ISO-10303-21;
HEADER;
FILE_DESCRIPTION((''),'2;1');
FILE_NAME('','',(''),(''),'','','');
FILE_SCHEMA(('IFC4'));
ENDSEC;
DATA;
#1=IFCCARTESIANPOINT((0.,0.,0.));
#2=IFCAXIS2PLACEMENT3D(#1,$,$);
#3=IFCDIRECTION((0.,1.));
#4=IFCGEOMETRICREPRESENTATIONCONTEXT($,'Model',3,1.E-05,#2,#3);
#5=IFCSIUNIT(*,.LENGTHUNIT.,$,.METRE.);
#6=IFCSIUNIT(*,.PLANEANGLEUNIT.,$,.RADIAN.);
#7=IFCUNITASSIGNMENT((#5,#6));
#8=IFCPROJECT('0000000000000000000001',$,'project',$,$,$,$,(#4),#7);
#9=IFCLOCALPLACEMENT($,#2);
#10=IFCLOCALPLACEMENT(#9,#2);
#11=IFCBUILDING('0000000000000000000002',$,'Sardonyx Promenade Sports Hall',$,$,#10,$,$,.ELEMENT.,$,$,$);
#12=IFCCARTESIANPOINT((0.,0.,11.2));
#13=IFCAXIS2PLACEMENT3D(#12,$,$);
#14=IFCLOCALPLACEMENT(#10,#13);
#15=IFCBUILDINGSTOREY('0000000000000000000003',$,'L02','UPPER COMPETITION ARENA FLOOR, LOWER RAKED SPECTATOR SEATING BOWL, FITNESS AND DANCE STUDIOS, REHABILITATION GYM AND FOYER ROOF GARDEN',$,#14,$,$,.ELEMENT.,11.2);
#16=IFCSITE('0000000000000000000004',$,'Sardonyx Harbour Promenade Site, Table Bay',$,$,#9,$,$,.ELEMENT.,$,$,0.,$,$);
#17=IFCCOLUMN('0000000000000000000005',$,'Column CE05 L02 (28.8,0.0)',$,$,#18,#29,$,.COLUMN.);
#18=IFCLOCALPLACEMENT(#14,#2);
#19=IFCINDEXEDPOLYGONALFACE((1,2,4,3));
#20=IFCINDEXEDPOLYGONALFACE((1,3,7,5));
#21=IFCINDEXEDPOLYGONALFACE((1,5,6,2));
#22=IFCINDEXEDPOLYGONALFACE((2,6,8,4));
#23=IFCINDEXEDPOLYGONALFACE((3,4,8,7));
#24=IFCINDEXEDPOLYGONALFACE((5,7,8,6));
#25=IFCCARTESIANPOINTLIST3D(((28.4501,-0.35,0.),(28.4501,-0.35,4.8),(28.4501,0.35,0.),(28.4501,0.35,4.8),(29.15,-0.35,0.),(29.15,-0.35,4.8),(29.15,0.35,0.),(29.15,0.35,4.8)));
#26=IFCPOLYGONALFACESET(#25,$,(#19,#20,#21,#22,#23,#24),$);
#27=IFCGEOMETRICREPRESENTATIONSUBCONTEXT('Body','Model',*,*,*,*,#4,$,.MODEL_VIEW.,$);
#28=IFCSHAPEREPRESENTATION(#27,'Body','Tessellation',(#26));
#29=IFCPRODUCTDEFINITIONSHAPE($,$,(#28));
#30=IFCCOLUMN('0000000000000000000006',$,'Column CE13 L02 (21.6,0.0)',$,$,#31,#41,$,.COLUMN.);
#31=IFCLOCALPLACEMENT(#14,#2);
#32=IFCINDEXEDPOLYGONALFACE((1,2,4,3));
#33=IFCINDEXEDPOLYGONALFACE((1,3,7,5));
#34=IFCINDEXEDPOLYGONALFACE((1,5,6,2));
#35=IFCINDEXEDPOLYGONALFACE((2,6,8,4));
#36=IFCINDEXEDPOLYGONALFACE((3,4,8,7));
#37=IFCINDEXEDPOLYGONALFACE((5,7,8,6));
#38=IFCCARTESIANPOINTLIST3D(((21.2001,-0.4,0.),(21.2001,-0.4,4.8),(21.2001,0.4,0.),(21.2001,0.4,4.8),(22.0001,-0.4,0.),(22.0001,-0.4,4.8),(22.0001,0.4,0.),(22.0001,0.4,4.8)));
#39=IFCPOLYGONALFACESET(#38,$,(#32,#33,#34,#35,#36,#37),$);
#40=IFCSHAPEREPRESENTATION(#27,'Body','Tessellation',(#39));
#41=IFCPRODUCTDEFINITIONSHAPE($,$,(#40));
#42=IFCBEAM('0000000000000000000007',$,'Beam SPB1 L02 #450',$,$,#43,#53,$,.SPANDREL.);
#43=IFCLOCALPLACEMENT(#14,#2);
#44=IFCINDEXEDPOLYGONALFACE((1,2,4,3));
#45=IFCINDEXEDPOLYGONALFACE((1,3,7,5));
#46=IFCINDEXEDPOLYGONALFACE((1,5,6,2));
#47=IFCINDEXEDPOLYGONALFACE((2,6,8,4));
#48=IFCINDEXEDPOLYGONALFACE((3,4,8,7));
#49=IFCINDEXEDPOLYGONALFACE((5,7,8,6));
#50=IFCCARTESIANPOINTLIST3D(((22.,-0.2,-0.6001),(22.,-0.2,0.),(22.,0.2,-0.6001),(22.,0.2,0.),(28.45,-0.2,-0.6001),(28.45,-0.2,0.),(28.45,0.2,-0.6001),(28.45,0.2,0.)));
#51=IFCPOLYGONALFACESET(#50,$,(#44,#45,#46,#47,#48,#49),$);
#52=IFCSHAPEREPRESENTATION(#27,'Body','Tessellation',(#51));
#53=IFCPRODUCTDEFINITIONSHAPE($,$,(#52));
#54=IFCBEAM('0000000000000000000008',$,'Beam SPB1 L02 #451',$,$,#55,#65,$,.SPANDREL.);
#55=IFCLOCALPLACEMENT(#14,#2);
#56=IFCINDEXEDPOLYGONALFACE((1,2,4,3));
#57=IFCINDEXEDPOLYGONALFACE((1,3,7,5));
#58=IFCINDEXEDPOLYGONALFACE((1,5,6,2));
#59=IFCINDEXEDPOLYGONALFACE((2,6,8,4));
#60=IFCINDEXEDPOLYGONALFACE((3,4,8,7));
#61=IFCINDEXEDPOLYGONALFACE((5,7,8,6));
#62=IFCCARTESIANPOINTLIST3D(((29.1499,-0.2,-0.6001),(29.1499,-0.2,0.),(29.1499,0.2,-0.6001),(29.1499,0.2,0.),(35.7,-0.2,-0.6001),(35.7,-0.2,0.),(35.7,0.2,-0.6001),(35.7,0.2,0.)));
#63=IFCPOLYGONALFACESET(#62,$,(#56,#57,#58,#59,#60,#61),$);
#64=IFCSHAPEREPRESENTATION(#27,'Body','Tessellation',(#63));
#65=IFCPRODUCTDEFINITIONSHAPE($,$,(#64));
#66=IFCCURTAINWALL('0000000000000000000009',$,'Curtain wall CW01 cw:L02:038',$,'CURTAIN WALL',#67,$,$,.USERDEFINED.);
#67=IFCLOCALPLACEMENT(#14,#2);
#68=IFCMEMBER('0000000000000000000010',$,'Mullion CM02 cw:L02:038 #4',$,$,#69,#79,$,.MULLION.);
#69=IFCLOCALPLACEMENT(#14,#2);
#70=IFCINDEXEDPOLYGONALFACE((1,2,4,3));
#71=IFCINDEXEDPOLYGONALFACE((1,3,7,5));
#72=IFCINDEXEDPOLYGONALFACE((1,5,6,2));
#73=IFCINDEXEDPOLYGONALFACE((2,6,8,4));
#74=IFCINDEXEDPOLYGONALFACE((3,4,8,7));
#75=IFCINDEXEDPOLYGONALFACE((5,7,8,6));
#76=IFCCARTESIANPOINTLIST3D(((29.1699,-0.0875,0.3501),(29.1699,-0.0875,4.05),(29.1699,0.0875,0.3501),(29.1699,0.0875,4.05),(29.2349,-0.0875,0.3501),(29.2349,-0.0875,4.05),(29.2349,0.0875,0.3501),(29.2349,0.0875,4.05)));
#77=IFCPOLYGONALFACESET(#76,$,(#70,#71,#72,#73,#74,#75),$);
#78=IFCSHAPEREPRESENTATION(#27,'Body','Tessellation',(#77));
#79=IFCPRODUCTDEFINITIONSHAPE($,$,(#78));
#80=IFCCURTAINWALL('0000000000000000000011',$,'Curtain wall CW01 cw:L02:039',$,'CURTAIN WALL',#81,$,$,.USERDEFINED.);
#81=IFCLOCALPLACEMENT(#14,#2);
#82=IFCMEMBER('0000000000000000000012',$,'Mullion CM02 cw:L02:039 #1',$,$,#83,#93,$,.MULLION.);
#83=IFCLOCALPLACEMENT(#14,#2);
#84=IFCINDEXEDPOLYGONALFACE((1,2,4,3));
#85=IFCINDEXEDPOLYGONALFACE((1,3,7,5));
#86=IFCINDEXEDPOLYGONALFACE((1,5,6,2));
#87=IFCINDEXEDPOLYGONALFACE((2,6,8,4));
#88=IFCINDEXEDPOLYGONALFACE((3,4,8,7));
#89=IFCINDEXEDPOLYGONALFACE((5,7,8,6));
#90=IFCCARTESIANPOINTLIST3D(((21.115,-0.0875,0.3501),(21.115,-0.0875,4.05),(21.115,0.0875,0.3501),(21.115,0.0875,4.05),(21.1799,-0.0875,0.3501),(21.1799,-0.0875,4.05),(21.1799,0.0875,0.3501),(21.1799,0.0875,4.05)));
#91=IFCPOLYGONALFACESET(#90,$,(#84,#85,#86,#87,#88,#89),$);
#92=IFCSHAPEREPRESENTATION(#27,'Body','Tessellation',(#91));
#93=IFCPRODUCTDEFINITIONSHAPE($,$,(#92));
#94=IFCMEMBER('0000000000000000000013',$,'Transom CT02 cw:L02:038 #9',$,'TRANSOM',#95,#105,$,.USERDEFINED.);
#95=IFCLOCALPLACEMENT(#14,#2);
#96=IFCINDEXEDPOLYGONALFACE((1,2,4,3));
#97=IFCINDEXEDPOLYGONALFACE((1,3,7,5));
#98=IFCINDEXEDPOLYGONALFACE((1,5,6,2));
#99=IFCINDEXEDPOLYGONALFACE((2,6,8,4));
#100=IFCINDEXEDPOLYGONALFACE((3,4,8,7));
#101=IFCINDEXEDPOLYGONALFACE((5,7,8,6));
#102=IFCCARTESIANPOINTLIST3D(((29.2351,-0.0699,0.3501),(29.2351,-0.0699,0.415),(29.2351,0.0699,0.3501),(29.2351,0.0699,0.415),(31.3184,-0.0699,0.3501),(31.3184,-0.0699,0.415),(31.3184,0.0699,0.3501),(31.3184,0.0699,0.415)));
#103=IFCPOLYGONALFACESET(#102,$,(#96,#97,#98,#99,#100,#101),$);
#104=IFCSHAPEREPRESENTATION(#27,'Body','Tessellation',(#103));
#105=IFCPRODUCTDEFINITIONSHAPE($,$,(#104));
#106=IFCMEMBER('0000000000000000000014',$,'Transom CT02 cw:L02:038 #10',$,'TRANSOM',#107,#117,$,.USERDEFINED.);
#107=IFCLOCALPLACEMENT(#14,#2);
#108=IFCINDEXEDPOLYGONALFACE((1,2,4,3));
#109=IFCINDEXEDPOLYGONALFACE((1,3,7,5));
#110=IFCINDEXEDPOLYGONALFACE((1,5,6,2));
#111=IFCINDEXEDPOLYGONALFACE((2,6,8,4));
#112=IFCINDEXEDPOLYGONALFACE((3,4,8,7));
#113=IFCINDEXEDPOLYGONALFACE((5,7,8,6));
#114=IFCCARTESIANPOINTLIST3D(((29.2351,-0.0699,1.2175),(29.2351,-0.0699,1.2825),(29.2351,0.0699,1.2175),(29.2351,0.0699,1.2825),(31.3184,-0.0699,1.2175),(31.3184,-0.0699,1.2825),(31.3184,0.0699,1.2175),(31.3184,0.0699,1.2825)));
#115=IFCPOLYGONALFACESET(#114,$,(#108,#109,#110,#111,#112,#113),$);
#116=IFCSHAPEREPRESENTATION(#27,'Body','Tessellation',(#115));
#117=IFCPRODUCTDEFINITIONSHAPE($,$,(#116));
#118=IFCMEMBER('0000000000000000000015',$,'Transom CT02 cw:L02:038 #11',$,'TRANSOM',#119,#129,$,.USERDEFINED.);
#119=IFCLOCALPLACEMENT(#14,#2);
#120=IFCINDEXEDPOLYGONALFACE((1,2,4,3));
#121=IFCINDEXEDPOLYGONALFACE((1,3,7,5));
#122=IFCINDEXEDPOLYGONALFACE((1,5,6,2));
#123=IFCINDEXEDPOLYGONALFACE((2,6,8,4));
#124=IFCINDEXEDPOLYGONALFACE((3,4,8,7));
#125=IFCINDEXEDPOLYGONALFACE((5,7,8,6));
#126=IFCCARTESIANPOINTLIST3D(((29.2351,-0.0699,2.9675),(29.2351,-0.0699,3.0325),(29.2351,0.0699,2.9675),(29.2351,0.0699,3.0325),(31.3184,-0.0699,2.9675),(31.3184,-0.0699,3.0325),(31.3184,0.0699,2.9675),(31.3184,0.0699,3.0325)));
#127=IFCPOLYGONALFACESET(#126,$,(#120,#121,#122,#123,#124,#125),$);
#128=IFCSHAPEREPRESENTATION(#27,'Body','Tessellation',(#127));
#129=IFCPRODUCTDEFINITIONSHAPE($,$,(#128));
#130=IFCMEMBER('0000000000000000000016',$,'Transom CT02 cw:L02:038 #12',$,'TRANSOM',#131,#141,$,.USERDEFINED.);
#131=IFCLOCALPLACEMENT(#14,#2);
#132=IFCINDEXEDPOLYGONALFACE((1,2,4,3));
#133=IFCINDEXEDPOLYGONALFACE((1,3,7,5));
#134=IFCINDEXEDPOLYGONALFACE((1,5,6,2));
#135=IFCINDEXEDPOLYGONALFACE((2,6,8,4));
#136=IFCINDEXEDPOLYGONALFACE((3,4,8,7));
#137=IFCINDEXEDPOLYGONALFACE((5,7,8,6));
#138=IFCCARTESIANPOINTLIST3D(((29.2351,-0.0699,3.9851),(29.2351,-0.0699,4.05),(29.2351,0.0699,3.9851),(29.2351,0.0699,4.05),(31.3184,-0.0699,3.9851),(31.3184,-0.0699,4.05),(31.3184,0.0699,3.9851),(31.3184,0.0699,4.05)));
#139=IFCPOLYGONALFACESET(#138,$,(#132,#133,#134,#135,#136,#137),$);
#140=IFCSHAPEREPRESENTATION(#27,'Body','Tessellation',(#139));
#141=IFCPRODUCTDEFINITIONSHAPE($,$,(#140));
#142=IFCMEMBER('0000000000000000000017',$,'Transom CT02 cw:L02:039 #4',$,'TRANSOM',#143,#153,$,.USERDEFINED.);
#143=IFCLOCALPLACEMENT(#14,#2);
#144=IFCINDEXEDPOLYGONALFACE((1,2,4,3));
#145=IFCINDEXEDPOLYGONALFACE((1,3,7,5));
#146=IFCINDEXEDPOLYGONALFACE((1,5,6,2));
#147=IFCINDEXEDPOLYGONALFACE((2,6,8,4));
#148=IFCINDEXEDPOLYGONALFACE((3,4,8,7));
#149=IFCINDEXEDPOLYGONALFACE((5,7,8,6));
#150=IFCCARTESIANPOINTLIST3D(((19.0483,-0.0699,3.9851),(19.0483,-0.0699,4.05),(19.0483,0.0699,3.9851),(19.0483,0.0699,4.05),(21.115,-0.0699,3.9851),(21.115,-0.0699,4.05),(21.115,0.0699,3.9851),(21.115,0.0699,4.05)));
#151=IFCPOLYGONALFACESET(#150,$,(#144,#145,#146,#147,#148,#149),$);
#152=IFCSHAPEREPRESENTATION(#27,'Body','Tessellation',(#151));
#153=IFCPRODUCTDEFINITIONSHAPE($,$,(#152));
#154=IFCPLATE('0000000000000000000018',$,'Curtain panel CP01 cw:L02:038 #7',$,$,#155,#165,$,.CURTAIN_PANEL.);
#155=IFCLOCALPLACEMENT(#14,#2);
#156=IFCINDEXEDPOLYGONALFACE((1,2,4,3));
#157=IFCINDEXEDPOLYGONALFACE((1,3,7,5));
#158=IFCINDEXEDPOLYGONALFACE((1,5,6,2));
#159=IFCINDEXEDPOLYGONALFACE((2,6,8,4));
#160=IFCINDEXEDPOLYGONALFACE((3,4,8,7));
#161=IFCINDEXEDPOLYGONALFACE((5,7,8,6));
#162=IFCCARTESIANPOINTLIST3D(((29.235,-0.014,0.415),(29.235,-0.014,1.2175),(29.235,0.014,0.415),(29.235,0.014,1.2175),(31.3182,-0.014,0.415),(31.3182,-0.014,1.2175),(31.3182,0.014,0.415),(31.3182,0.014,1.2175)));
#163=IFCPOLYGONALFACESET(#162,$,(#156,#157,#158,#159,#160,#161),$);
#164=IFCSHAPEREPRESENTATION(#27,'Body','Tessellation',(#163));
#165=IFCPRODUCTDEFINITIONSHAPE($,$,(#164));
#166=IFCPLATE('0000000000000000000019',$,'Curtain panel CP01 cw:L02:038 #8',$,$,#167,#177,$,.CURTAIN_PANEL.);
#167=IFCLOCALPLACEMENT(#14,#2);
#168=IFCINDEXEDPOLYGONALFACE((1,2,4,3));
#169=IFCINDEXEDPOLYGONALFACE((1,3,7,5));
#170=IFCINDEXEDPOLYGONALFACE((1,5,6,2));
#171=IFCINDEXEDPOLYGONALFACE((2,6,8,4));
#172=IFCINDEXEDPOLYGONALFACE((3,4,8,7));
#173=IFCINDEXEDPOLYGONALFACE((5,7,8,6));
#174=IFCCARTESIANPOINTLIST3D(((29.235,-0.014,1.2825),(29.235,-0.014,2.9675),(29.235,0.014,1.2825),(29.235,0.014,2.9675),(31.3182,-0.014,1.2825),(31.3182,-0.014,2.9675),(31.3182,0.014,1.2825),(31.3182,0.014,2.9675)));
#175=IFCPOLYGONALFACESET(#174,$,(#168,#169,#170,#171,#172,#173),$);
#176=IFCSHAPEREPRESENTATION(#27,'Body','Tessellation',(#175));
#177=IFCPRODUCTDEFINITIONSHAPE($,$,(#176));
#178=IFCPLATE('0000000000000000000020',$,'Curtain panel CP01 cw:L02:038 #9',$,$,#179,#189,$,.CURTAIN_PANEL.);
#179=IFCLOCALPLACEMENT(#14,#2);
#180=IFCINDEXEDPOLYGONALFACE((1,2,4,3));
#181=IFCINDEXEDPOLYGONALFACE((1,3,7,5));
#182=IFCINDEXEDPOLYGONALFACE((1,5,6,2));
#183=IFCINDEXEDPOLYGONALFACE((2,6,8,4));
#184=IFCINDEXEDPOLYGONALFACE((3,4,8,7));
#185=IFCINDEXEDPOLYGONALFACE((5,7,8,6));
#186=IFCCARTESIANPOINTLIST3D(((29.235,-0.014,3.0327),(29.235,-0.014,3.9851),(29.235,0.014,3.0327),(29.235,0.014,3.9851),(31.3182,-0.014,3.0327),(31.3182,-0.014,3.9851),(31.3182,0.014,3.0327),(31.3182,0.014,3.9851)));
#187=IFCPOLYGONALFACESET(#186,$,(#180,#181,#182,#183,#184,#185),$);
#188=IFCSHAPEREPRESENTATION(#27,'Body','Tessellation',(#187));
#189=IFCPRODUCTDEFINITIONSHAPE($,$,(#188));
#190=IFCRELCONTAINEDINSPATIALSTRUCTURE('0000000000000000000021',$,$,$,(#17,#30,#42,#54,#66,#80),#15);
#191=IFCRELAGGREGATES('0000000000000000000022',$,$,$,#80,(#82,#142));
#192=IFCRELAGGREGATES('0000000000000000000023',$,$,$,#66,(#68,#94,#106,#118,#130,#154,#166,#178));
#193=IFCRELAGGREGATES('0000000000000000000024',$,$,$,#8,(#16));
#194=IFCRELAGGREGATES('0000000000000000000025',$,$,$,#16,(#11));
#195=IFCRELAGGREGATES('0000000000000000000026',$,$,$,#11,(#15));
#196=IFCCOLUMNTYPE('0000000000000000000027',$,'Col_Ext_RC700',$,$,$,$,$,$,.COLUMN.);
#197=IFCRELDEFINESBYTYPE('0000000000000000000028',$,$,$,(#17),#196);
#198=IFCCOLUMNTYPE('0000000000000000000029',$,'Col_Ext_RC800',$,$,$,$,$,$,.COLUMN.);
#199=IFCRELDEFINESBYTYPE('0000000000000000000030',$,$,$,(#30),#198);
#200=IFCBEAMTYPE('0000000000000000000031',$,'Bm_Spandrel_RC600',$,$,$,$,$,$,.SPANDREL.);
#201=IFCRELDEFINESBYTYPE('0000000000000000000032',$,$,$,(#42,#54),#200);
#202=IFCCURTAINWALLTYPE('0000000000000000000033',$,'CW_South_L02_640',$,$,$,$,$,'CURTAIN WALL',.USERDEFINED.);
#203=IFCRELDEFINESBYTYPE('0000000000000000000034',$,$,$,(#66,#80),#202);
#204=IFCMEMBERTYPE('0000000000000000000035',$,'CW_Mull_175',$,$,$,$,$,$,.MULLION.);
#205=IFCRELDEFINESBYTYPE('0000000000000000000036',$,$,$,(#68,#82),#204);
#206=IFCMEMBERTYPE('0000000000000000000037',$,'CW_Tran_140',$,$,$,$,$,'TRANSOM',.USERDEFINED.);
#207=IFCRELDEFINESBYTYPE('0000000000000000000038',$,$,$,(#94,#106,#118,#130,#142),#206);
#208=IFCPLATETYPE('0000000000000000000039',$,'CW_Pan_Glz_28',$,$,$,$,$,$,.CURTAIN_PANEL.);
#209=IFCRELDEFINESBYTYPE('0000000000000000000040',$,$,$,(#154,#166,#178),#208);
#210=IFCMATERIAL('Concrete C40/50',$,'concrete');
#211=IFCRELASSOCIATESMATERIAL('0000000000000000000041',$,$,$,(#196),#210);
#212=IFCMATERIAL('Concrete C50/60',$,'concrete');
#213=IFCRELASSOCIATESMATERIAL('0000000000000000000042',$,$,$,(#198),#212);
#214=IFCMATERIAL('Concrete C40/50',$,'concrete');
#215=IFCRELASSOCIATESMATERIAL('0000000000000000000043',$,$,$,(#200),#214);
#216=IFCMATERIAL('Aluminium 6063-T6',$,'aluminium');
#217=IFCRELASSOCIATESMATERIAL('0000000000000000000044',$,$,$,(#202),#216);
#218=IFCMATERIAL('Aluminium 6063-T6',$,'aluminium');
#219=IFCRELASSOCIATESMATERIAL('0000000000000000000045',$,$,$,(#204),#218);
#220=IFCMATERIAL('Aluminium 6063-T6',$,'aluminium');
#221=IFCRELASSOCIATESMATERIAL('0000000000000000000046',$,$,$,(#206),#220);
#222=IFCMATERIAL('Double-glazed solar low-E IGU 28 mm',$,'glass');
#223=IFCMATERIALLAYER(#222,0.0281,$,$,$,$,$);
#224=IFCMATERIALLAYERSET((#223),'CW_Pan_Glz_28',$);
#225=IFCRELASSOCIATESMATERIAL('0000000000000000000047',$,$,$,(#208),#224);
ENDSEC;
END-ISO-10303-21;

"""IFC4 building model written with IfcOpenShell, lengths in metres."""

from ifc_helpers import new_model, si_unit, direction, frame, origin, origin_2d, place, context, subcontext, project, spatial, rectangle, extrude, material, layer, layer_set, material_profile, profile_set, type_object, element, aggregate, save


model = new_model("IFC4")

# Units and contexts
model_context = context("Model", 3, precision=1e-05, world=origin(), true_north=direction((0.0, 1.0)))
body_context = subcontext(model_context, "Body", "Model", "MODEL_VIEW")
ifc_project = project(units=[si_unit("LENGTHUNIT", "METRE"), si_unit("PLANEANGLEUNIT", "RADIAN")], contexts=[model_context])

# Site, building, storey
site_placement = place(None, origin())
site = spatial("IfcSite", under=ifc_project, at=site_placement, Name="Sardonyx Harbour Promenade Site, Table Bay", CompositionType="ELEMENT", RefElevation=0.0)
building_placement = place(site_placement, origin())
building = spatial("IfcBuilding", under=site, at=building_placement, Name="Sardonyx Promenade Sports Hall", CompositionType="ELEMENT")
storey_placement = place(building_placement, frame((0.0, 0.0, 11.2)))
storey = spatial("IfcBuildingStorey", under=building, at=storey_placement, Name="L02", Description="UPPER COMPETITION ARENA FLOOR, LOWER RAKED SPECTATOR SEATING BOWL, FITNESS AND DANCE STUDIOS, REHABILITATION GYM AND FOYER ROOF GARDEN", CompositionType="ELEMENT", Elevation=11.2)

# Columns
ifc_material_1 = material(Name="Concrete C40/50", Category="concrete")
ifc_material_profile_1 = material_profile(ifc_material_1, rectangle(XDim=0.7, YDim=0.7, at=origin_2d()))
ifc_profile_set_1 = profile_set([ifc_material_profile_1], Name="Concrete C40/50")
column_type_1 = type_object("IfcColumnType", Name="Col_Ext_RC700", PredefinedType="COLUMN", material=ifc_profile_set_1)
column_1_placement = place(storey_placement, frame((28.8, 0.0, 0.0), z_axis=(0.0, 0.0, 1.0), x_axis=(1.0, 0.0, 0.0)))
element("IfcColumn", 1, at=column_1_placement, inside=storey, type_object=column_type_1, Name="Column CE05 L02 (28.8,0.0)", PredefinedType="COLUMN", context=body_context, shape_type="SweptSolid", body=[
    extrude(rectangle(XDim=0.7, YDim=0.7, at=origin_2d()), origin(), (0.0, 0.0, 1.0), 4.8),
])
ifc_material_2 = material(Name="Concrete C50/60", Category="concrete")
ifc_material_profile_2 = material_profile(ifc_material_2, rectangle(XDim=0.8, YDim=0.8, at=origin_2d()))
ifc_profile_set_2 = profile_set([ifc_material_profile_2], Name="Concrete C50/60")
column_type_2 = type_object("IfcColumnType", Name="Col_Ext_RC800", PredefinedType="COLUMN", material=ifc_profile_set_2)
column_2_placement = place(storey_placement, frame((21.6001, 0.0, 0.0), z_axis=(0.0, 0.0, 1.0), x_axis=(1.0, 0.0, 0.0)))
element("IfcColumn", 2, at=column_2_placement, inside=storey, type_object=column_type_2, Name="Column CE13 L02 (21.6,0.0)", PredefinedType="COLUMN", context=body_context, shape_type="SweptSolid", body=[
    extrude(rectangle(XDim=0.8, YDim=0.8, at=origin_2d()), origin(), (0.0, 0.0, 1.0), 4.8),
])

# Beams
ifc_material_3 = material(Name="Concrete C40/50", Category="concrete")
ifc_material_profile_3 = material_profile(ifc_material_3, rectangle(XDim=0.3999, YDim=0.6001, at=origin_2d()))
ifc_profile_set_3 = profile_set([ifc_material_profile_3], Name="Concrete C40/50")
beam_type = type_object("IfcBeamType", Name="Bm_Spandrel_RC600", PredefinedType="SPANDREL", material=ifc_profile_set_3)
beam_1_placement = place(storey_placement, frame((22.0, 0.0, -0.3), z_axis=(1.0, 0.0, 0.0), x_axis=(0.0, 1.0, 0.0)))
element("IfcBeam", 3, at=beam_1_placement, inside=storey, type_object=beam_type, Name="Beam SPB1 L02 #450", PredefinedType="SPANDREL", context=body_context, shape_type="SweptSolid", body=[
    extrude(rectangle(XDim=0.3999, YDim=0.6001, at=origin_2d()), origin(), (0.0, 0.0, 1.0), 6.45),
])
beam_2_placement = place(storey_placement, frame((29.1499, 0.0, -0.3), z_axis=(1.0, 0.0, 0.0), x_axis=(0.0, 1.0, 0.0)))
element("IfcBeam", 4, at=beam_2_placement, inside=storey, type_object=beam_type, Name="Beam SPB1 L02 #451", PredefinedType="SPANDREL", context=body_context, shape_type="SweptSolid", body=[
    extrude(rectangle(XDim=0.3999, YDim=0.6001, at=origin_2d()), origin(), (0.0, 0.0, 1.0), 6.55),
])

# Curtain walls, members
ifc_material_4 = material(Name="Aluminium 6063-T6", Category="aluminium")
curtain_wall_type = type_object("IfcCurtainWallType", Name="CW_South_L02_640", ElementType="CURTAIN WALL", PredefinedType="USERDEFINED", material=ifc_material_4)
curtain_wall_1_placement = place(storey_placement, origin())
curtain_wall_1 = element("IfcCurtainWall", 5, at=curtain_wall_1_placement, inside=storey, type_object=curtain_wall_type, Name="Curtain wall CW01 cw:L02:038", ObjectType="CURTAIN WALL", PredefinedType="USERDEFINED")
ifc_material_5 = material(Name="Aluminium 6063-T6", Category="aluminium")
ifc_material_profile_4 = material_profile(ifc_material_5, rectangle(XDim=0.0649, YDim=0.175, at=origin_2d()))
ifc_profile_set_4 = profile_set([ifc_material_profile_4], Name="Aluminium 6063-T6")
member_type_1 = type_object("IfcMemberType", Name="CW_Mull_175", PredefinedType="MULLION", material=ifc_profile_set_4)
member_1_placement = place(storey_placement, frame((29.2024, 0.0, 0.3501), z_axis=(0.0, 0.0, 1.0), x_axis=(-1.0, 0.0, 0.0)))
member_1 = element("IfcMember", 6, at=member_1_placement, type_object=member_type_1, Name="Mullion CM02 cw:L02:038 #4", PredefinedType="MULLION", context=body_context, shape_type="SweptSolid", body=[
    extrude(rectangle(XDim=0.0649, YDim=0.175, at=origin_2d()), origin(), (0.0, 0.0, 1.0), 3.7),
])
curtain_wall_2_placement = place(storey_placement, origin())
curtain_wall_2 = element("IfcCurtainWall", 7, at=curtain_wall_2_placement, inside=storey, type_object=curtain_wall_type, Name="Curtain wall CW01 cw:L02:039", ObjectType="CURTAIN WALL", PredefinedType="USERDEFINED")
member_2_placement = place(storey_placement, frame((21.1475, 0.0, 0.3501), z_axis=(0.0, 0.0, 1.0), x_axis=(-1.0, 0.0, 0.0)))
member_2 = element("IfcMember", 8, at=member_2_placement, type_object=member_type_1, Name="Mullion CM02 cw:L02:039 #1", PredefinedType="MULLION", context=body_context, shape_type="SweptSolid", body=[
    extrude(rectangle(XDim=0.0649, YDim=0.175, at=origin_2d()), origin(), (0.0, 0.0, 1.0), 3.7),
])

# Members
ifc_material_6 = material(Name="Aluminium 6063-T6", Category="aluminium")
ifc_material_profile_5 = material_profile(ifc_material_6, rectangle(XDim=0.0649, YDim=0.1399, at=origin_2d()))
ifc_profile_set_5 = profile_set([ifc_material_profile_5], Name="Aluminium 6063-T6")
member_type_2 = type_object("IfcMemberType", Name="CW_Tran_140", ElementType="TRANSOM", PredefinedType="USERDEFINED", material=ifc_profile_set_5)
member_3_placement = place(storey_placement, frame((31.3184, 0.0, 0.3826), z_axis=(-1.0, 0.0, 0.0), x_axis=(0.0, 0.0, 1.0)))
member_3 = element("IfcMember", 9, at=member_3_placement, type_object=member_type_2, Name="Transom CT02 cw:L02:038 #9", ObjectType="TRANSOM", PredefinedType="USERDEFINED", context=body_context, shape_type="SweptSolid", body=[
    extrude(rectangle(XDim=0.0649, YDim=0.1399, at=origin_2d()), origin(), (0.0, 0.0, 1.0), 2.0833),
])
member_4_placement = place(storey_placement, frame((31.3184, 0.0, 1.25), z_axis=(-1.0, 0.0, 0.0), x_axis=(0.0, 0.0, 1.0)))
member_4 = element("IfcMember", 10, at=member_4_placement, type_object=member_type_2, Name="Transom CT02 cw:L02:038 #10", ObjectType="TRANSOM", PredefinedType="USERDEFINED", context=body_context, shape_type="SweptSolid", body=[
    extrude(rectangle(XDim=0.0649, YDim=0.1399, at=origin_2d()), origin(), (0.0, 0.0, 1.0), 2.0833),
])
member_5_placement = place(storey_placement, frame((31.3184, 0.0, 3.0), z_axis=(-1.0, 0.0, 0.0), x_axis=(0.0, 0.0, 1.0)))
member_5 = element("IfcMember", 11, at=member_5_placement, type_object=member_type_2, Name="Transom CT02 cw:L02:038 #11", ObjectType="TRANSOM", PredefinedType="USERDEFINED", context=body_context, shape_type="SweptSolid", body=[
    extrude(rectangle(XDim=0.0649, YDim=0.1399, at=origin_2d()), origin(), (0.0, 0.0, 1.0), 2.0833),
])
member_6_placement = place(storey_placement, frame((31.3184, 0.0, 4.0176), z_axis=(-1.0, 0.0, 0.0), x_axis=(0.0, 0.0, 1.0)))
member_6 = element("IfcMember", 12, at=member_6_placement, type_object=member_type_2, Name="Transom CT02 cw:L02:038 #12", ObjectType="TRANSOM", PredefinedType="USERDEFINED", context=body_context, shape_type="SweptSolid", body=[
    extrude(rectangle(XDim=0.0649, YDim=0.1399, at=origin_2d()), origin(), (0.0, 0.0, 1.0), 2.0833),
])
member_7_placement = place(storey_placement, frame((21.115, 0.0, 4.0176), z_axis=(-1.0, 0.0, 0.0), x_axis=(0.0, 0.0, 1.0)))
member_7 = element("IfcMember", 13, at=member_7_placement, type_object=member_type_2, Name="Transom CT02 cw:L02:039 #4", ObjectType="TRANSOM", PredefinedType="USERDEFINED", context=body_context, shape_type="SweptSolid", body=[
    extrude(rectangle(XDim=0.0649, YDim=0.1399, at=origin_2d()), origin(), (0.0, 0.0, 1.0), 2.0667),
])
aggregate(curtain_wall_2, [member_2, member_7])

# Plates
ifc_material_7 = material(Name="Double-glazed solar low-E IGU 28 mm", Category="glass")
ifc_layer_1 = layer(ifc_material_7, 0.0281)
ifc_layer_set_1 = layer_set([ifc_layer_1], Name="CW_Pan_Glz_28")
plate_type = type_object("IfcPlateType", Name="CW_Pan_Glz_28", PredefinedType="CURTAIN_PANEL", material=ifc_layer_set_1)
plate_1_placement = place(storey_placement, frame((30.2766, 0.0, 0.415), z_axis=(0.0, 0.0, 1.0), x_axis=(-1.0, 0.0, 0.0)))
plate_1 = element("IfcPlate", 14, at=plate_1_placement, type_object=plate_type, Name="Curtain panel CP01 cw:L02:038 #7", PredefinedType="CURTAIN_PANEL", context=body_context, shape_type="SweptSolid", body=[
    extrude(rectangle(XDim=2.0833, YDim=0.0281, at=origin_2d()), origin(), (0.0, 0.0, 1.0), 0.8025),
])
plate_2_placement = place(storey_placement, frame((30.2766, 0.0, 1.2825), z_axis=(0.0, 0.0, 1.0), x_axis=(-1.0, 0.0, 0.0)))
plate_2 = element("IfcPlate", 15, at=plate_2_placement, type_object=plate_type, Name="Curtain panel CP01 cw:L02:038 #8", PredefinedType="CURTAIN_PANEL", context=body_context, shape_type="SweptSolid", body=[
    extrude(rectangle(XDim=2.0833, YDim=0.0281, at=origin_2d()), origin(), (0.0, 0.0, 1.0), 1.6851),
])
plate_3_placement = place(storey_placement, frame((30.2766, 0.0, 3.0327), z_axis=(0.0, 0.0, 1.0), x_axis=(-1.0, 0.0, 0.0)))
plate_3 = element("IfcPlate", 16, at=plate_3_placement, type_object=plate_type, Name="Curtain panel CP01 cw:L02:038 #9", PredefinedType="CURTAIN_PANEL", context=body_context, shape_type="SweptSolid", body=[
    extrude(rectangle(XDim=2.0833, YDim=0.0281, at=origin_2d()), origin(), (0.0, 0.0, 1.0), 0.9524),
])
aggregate(curtain_wall_1, [member_1, member_3, member_4, member_5, member_6, plate_1, plate_2, plate_3])

save(model, "model.ifc")
